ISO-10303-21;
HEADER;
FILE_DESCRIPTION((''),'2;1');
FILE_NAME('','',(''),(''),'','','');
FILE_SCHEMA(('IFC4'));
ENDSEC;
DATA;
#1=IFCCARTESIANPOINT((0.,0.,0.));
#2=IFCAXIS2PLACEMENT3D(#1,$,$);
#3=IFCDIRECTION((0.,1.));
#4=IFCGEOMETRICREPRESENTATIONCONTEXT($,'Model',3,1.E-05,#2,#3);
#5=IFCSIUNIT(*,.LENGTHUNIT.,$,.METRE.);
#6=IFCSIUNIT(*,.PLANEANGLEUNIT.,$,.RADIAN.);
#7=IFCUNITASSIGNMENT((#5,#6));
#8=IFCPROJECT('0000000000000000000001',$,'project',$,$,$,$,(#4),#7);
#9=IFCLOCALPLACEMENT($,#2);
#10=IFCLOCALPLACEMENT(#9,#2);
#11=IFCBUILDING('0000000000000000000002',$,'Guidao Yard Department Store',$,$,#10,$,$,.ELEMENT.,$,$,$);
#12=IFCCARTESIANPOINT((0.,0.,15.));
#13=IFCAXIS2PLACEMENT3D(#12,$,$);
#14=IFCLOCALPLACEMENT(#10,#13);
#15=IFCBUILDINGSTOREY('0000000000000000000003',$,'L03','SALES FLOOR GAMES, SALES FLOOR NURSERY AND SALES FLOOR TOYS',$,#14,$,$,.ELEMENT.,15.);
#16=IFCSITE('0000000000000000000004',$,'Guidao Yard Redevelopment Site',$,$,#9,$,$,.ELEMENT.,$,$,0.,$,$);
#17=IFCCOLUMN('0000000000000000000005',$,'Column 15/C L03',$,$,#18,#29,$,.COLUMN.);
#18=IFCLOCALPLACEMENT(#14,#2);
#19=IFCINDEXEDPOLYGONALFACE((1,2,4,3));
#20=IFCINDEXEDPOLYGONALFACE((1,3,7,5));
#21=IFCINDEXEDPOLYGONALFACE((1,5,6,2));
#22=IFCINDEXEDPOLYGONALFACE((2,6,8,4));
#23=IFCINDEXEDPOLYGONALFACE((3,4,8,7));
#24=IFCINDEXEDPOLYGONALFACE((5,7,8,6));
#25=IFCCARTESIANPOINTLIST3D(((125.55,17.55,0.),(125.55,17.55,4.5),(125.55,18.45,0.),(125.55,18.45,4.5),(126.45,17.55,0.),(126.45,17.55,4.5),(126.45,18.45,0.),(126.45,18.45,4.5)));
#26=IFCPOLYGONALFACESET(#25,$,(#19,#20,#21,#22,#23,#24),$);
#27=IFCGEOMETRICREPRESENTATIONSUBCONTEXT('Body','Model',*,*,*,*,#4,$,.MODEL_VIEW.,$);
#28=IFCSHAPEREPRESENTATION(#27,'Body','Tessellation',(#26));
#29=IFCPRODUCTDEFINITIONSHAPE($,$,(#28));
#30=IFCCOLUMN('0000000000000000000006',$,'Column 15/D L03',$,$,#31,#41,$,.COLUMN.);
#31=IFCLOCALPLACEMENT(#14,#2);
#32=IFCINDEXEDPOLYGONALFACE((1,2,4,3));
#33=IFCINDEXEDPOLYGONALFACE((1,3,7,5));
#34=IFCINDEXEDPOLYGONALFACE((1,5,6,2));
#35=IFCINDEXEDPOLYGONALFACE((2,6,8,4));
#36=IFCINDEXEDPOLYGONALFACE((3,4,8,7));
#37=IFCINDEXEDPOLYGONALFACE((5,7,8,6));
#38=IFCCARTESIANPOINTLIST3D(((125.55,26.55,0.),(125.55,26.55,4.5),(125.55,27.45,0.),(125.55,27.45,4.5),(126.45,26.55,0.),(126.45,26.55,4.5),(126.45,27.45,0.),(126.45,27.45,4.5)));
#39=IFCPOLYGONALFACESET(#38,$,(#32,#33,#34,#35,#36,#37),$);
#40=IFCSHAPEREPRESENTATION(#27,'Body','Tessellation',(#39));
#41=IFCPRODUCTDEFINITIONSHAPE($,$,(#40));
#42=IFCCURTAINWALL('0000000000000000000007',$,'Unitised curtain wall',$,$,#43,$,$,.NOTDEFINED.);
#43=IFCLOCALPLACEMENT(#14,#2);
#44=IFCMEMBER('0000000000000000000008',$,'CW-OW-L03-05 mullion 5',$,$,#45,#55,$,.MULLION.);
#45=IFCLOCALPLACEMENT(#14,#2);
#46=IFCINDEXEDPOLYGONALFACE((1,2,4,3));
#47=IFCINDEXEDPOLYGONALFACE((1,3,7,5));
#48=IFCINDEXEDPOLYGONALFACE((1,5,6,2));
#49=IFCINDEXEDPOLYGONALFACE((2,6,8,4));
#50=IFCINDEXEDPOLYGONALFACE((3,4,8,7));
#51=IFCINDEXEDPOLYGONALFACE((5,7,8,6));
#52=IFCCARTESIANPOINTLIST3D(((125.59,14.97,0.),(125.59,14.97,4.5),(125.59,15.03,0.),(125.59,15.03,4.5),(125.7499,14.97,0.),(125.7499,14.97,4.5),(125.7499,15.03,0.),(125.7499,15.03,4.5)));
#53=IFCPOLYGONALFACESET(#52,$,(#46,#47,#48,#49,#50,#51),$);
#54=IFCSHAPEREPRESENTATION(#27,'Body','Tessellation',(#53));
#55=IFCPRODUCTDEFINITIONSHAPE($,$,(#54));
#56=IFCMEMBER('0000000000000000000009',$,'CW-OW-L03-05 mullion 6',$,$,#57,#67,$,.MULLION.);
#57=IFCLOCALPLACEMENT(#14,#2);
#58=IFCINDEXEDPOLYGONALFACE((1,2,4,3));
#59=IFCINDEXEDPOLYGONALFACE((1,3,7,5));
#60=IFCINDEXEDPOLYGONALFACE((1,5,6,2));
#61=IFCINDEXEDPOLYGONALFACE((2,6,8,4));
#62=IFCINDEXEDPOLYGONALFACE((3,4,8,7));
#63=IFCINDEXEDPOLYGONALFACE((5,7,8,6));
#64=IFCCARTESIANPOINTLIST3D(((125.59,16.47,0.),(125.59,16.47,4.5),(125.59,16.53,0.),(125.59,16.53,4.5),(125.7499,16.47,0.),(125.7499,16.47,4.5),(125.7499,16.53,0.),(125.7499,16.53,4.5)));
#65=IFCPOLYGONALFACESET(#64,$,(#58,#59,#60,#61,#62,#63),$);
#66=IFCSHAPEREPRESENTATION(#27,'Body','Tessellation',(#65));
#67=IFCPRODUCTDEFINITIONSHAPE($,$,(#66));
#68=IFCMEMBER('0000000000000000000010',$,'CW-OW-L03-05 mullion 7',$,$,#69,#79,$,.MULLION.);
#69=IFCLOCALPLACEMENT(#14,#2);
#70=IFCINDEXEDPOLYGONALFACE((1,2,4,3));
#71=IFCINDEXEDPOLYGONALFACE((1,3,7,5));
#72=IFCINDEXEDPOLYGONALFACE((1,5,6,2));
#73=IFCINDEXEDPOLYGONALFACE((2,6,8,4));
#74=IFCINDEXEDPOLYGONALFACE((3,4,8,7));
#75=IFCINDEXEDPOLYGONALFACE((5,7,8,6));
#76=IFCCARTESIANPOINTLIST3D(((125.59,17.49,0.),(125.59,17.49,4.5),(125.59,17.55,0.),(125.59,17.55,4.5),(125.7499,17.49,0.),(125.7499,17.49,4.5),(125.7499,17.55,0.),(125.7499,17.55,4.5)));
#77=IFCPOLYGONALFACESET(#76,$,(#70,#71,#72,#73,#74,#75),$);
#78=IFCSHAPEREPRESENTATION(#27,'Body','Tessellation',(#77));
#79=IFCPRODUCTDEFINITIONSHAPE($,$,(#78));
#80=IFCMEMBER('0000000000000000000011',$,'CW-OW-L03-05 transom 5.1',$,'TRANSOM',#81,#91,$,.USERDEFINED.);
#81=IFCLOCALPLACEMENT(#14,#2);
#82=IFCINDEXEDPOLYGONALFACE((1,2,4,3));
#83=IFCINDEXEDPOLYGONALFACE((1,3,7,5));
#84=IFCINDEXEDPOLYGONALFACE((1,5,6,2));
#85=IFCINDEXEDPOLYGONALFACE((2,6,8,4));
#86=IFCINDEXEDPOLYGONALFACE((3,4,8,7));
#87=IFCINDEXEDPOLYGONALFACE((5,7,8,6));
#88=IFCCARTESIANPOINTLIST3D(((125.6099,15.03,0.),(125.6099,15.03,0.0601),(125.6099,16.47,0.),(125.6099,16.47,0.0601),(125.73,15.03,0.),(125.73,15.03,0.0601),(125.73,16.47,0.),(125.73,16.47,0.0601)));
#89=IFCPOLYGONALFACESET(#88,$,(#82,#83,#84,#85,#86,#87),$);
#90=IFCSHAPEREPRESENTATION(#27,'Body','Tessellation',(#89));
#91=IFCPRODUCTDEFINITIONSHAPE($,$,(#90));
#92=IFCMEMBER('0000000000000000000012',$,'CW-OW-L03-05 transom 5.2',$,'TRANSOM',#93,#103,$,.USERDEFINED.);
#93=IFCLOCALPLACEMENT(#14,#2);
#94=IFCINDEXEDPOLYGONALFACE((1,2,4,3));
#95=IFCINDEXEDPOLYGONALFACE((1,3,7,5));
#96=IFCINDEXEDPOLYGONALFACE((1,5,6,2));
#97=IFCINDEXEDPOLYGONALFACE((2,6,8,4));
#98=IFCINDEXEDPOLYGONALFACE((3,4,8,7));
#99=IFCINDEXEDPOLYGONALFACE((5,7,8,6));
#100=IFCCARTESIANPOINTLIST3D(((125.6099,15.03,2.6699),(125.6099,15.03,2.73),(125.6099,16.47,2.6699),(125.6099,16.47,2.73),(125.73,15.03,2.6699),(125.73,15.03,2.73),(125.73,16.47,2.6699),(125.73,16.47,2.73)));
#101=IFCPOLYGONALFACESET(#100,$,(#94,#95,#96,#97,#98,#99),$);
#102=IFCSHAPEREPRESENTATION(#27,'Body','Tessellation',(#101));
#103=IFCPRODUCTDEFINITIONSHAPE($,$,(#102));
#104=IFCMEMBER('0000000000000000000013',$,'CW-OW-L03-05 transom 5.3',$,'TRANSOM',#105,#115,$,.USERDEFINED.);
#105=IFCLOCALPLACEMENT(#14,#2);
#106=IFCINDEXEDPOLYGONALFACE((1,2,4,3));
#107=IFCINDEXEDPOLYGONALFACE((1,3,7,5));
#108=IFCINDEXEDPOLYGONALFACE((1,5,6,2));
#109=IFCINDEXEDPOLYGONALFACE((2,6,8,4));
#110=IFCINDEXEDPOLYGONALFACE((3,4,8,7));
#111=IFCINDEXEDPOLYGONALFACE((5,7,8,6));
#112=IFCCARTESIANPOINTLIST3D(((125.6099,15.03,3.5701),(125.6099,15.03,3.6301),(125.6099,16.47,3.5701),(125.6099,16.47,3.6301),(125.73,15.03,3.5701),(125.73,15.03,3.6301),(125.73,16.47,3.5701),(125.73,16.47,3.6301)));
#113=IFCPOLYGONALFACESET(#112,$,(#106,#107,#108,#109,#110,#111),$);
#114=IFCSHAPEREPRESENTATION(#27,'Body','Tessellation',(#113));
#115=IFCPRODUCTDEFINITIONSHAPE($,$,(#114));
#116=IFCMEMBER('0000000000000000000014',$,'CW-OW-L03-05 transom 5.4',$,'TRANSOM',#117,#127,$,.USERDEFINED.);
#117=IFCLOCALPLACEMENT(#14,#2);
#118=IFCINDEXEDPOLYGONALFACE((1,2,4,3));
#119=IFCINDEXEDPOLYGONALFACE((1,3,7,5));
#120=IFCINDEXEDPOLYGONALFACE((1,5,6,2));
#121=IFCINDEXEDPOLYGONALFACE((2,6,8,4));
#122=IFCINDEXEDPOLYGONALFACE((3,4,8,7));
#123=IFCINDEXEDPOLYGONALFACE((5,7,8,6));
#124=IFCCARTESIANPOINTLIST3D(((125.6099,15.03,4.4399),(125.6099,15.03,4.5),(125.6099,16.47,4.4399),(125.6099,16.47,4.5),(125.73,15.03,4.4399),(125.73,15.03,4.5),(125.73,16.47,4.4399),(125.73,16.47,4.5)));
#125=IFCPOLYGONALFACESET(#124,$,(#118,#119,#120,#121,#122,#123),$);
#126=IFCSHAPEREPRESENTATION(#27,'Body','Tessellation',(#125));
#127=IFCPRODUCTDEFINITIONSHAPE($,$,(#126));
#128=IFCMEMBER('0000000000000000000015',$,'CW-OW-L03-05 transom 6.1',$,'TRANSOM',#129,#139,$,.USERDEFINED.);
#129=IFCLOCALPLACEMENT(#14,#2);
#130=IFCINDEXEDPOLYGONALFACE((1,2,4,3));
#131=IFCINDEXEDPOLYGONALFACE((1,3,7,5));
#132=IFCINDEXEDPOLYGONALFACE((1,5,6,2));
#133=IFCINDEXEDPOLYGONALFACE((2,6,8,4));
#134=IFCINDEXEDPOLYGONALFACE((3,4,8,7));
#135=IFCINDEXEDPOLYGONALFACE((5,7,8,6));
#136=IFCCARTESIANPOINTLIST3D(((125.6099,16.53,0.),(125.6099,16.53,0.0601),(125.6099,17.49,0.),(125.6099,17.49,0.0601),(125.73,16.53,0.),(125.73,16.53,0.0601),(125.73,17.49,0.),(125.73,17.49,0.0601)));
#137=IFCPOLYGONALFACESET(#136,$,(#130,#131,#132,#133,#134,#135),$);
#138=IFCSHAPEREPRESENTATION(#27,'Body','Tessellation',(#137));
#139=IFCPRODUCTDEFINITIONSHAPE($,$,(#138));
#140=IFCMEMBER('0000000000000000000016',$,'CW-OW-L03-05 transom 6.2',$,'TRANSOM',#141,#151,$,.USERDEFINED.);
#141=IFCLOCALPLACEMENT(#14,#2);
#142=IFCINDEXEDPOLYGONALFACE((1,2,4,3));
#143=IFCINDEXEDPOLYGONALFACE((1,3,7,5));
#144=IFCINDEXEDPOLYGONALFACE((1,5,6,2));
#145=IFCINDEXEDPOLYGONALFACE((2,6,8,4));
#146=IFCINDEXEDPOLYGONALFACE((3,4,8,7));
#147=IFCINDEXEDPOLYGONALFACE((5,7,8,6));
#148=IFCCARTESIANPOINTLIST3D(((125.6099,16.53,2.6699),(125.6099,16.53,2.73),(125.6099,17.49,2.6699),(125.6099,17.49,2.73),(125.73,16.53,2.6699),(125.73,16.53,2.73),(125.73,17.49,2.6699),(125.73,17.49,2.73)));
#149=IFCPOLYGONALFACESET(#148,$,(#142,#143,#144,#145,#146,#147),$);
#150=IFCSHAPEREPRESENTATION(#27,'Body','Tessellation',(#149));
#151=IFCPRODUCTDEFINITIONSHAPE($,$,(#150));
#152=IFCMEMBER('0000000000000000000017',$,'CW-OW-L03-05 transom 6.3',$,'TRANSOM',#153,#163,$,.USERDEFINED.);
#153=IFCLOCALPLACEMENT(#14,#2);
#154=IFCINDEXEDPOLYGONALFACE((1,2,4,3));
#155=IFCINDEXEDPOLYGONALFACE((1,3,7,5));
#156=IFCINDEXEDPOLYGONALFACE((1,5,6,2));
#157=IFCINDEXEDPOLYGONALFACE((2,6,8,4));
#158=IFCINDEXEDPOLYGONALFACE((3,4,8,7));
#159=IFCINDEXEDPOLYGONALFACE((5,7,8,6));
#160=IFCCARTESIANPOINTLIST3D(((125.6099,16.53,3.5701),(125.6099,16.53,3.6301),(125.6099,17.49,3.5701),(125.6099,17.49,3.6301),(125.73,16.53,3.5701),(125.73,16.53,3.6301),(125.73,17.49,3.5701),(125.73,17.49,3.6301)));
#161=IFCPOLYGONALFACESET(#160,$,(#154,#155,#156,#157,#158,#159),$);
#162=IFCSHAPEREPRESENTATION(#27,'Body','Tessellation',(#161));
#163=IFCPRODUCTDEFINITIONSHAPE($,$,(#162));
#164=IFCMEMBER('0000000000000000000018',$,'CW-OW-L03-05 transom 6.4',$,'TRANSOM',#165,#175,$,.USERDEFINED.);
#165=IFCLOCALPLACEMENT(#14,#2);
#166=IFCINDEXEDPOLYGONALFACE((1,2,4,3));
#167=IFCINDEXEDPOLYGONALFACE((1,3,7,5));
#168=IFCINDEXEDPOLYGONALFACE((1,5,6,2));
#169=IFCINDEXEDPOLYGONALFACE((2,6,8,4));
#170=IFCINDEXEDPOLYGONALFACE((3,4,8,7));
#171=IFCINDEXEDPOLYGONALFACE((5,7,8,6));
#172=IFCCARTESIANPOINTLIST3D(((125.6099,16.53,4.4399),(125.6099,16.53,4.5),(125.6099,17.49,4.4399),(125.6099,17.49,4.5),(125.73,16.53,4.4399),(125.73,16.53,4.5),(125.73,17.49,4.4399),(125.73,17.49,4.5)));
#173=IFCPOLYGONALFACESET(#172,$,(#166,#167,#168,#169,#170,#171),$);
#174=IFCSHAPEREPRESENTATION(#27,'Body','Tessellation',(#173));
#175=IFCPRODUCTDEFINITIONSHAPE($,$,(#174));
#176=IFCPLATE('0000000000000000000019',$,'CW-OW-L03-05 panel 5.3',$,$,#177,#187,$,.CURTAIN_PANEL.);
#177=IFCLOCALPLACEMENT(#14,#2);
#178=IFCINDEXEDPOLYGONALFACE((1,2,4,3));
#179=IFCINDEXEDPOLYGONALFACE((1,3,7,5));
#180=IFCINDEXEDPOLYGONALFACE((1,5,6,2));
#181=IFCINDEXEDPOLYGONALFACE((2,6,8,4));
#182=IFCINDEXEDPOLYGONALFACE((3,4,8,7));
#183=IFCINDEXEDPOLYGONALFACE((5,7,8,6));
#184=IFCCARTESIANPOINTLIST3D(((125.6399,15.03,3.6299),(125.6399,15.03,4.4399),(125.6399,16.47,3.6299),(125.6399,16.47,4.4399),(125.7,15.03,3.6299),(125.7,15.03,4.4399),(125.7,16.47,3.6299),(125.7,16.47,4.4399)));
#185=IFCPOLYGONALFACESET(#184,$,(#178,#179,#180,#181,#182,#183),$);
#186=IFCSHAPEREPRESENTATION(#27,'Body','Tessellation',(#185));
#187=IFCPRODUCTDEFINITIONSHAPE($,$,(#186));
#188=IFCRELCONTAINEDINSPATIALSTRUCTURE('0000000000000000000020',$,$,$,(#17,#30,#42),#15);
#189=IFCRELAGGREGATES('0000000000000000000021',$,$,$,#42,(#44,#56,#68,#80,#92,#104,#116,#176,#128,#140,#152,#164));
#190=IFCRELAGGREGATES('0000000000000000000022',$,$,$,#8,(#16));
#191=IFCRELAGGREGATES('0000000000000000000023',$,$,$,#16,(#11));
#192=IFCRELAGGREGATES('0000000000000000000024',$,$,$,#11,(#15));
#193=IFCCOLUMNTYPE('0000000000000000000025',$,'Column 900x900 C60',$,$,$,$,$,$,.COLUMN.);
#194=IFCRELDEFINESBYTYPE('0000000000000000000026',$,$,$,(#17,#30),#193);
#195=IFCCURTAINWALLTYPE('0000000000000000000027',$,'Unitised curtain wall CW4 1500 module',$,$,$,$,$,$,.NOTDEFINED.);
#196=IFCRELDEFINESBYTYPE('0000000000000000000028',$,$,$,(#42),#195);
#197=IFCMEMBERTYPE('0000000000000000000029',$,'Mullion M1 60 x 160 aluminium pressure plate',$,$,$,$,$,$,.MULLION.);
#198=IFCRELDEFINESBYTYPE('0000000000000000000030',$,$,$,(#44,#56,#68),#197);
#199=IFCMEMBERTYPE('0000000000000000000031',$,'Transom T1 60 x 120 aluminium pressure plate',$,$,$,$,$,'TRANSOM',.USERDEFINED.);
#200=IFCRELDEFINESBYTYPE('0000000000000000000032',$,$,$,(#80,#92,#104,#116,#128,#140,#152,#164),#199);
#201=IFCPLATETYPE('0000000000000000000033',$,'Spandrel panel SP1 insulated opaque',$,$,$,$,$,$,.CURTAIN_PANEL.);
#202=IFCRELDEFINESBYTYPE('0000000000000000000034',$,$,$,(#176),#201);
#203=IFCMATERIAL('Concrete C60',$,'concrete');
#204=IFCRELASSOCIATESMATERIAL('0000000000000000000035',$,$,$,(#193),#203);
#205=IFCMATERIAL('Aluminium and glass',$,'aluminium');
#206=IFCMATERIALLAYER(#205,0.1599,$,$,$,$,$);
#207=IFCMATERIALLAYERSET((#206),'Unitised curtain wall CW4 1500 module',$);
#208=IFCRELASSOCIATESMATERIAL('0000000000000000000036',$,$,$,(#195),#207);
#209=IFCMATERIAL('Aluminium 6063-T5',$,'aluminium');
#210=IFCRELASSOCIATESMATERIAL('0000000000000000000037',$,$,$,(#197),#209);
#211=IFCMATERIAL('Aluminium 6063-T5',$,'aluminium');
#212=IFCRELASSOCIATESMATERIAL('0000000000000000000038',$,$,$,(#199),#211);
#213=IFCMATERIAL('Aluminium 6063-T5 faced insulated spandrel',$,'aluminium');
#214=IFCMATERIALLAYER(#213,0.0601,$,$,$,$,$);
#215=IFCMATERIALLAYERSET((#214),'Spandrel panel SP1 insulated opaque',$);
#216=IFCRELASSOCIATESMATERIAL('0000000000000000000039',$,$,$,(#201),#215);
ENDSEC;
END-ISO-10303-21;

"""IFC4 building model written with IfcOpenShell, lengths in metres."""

from ifc_helpers import new_model, si_unit, direction, frame, origin, origin_2d, place, context, subcontext, project, spatial, rectangle, extrude, material, layer, layer_set, material_profile, profile_set, type_object, element, aggregate, save


model = new_model("IFC4")

# Units and contexts
model_context = context("Model", 3, precision=1e-05, world=origin(), true_north=direction((0.0, 1.0)))
body_context = subcontext(model_context, "Body", "Model", "MODEL_VIEW")
ifc_project = project(units=[si_unit("LENGTHUNIT", "METRE"), si_unit("PLANEANGLEUNIT", "RADIAN")], contexts=[model_context])

# Site, building, storey
site_placement = place(None, origin())
site = spatial("IfcSite", under=ifc_project, at=site_placement, Name="Guidao Yard Redevelopment Site", CompositionType="ELEMENT", RefElevation=0.0)
building_placement = place(site_placement, origin())
building = spatial("IfcBuilding", under=site, at=building_placement, Name="Guidao Yard Department Store", CompositionType="ELEMENT")
storey_placement = place(building_placement, frame((0.0, 0.0, 15.0)))
storey = spatial("IfcBuildingStorey", under=building, at=storey_placement, Name="L03", Description="SALES FLOOR GAMES, SALES FLOOR NURSERY AND SALES FLOOR TOYS", CompositionType="ELEMENT", Elevation=15.0)

# Columns
ifc_material_1 = material(Name="Concrete C60", Category="concrete")
ifc_material_profile_1 = material_profile(ifc_material_1, rectangle(XDim=0.8999, YDim=0.8999, at=origin_2d()), Name="COL 900x900")
ifc_profile_set_1 = profile_set([ifc_material_profile_1], Name="Concrete C60")
column_type = type_object("IfcColumnType", Name="Column 900x900 C60", PredefinedType="COLUMN", material=ifc_profile_set_1)
for number, where, z_axis, x_axis, name in (
    (1, (126.0, 18.0, 0.0), (0.0, 0.0, 1.0), (1.0, 0.0, 0.0), "Column 15/C L03"),
    (2, (126.0, 27.0, 0.0), (0.0, 0.0, 1.0), (1.0, 0.0, 0.0), "Column 15/D L03"),
):
    element("IfcColumn", number, at=place(storey_placement, frame(where, z_axis=z_axis, x_axis=x_axis)), inside=storey, type_object=column_type, Name=name, PredefinedType="COLUMN", context=body_context, shape_type="SweptSolid", body=[
        extrude(rectangle(XDim=0.8999, YDim=0.8999, at=origin_2d()), origin(), (0.0, 0.0, 1.0), 4.5),
    ])

# Curtain wall, members, plate
ifc_material_2 = material(Name="Aluminium and glass", Category="aluminium")
ifc_layer_1 = layer(ifc_material_2, 0.1599)
ifc_layer_set_1 = layer_set([ifc_layer_1], Name="Unitised curtain wall CW4 1500 module")
curtain_wall_type = type_object("IfcCurtainWallType", Name="Unitised curtain wall CW4 1500 module", PredefinedType="NOTDEFINED", material=ifc_layer_set_1)
curtain_wall_placement = place(storey_placement, origin())
curtain_wall = element("IfcCurtainWall", 3, at=curtain_wall_placement, inside=storey, type_object=curtain_wall_type, Name="Unitised curtain wall", PredefinedType="NOTDEFINED")
ifc_material_3 = material(Name="Aluminium 6063-T5", Category="aluminium")
ifc_material_profile_2 = material_profile(ifc_material_3, rectangle(XDim=0.0601, YDim=0.1599, at=origin_2d()), Name="Mullion M1 60 x 160 aluminium pressure plate")
ifc_profile_set_2 = profile_set([ifc_material_profile_2], Name="Aluminium 6063-T5")
member_type_1 = type_object("IfcMemberType", Name="Mullion M1 60 x 160 aluminium pressure plate", PredefinedType="MULLION", material=ifc_profile_set_2)
member_1_placement = place(storey_placement, frame((125.6699, 15.0, 0.0), z_axis=(0.0, 0.0, 1.0), x_axis=(0.0, 1.0, 0.0)))
member_1 = element("IfcMember", 4, at=member_1_placement, type_object=member_type_1, Name="CW-OW-L03-05 mullion 5", PredefinedType="MULLION", context=body_context, shape_type="SweptSolid", body=[
    extrude(rectangle(XDim=0.0601, YDim=0.1599, at=origin_2d()), origin(), (0.0, 0.0, 1.0), 4.5),
])
member_2_placement = place(storey_placement, frame((125.6699, 16.5, 0.0), z_axis=(0.0, 0.0, 1.0), x_axis=(0.0, 1.0, 0.0)))
member_2 = element("IfcMember", 5, at=member_2_placement, type_object=member_type_1, Name="CW-OW-L03-05 mullion 6", PredefinedType="MULLION", context=body_context, shape_type="SweptSolid", body=[
    extrude(rectangle(XDim=0.0601, YDim=0.1599, at=origin_2d()), origin(), (0.0, 0.0, 1.0), 4.5),
])
member_3_placement = place(storey_placement, frame((125.6699, 17.52, 0.0), z_axis=(0.0, 0.0, 1.0), x_axis=(0.0, 1.0, 0.0)))
member_3 = element("IfcMember", 6, at=member_3_placement, type_object=member_type_1, Name="CW-OW-L03-05 mullion 7", PredefinedType="MULLION", context=body_context, shape_type="SweptSolid", body=[
    extrude(rectangle(XDim=0.0601, YDim=0.1599, at=origin_2d()), origin(), (0.0, 0.0, 1.0), 4.5),
])
ifc_material_4 = material(Name="Aluminium 6063-T5", Category="aluminium")
ifc_material_profile_3 = material_profile(ifc_material_4, rectangle(XDim=0.1201, YDim=0.0601, at=origin_2d()), Name="Transom T1 60 x 120 aluminium pressure plate")
ifc_profile_set_3 = profile_set([ifc_material_profile_3], Name="Aluminium 6063-T5")
member_type_2 = type_object("IfcMemberType", Name="Transom T1 60 x 120 aluminium pressure plate", ElementType="TRANSOM", PredefinedType="USERDEFINED", material=ifc_profile_set_3)
member_4_placement = place(storey_placement, frame((125.6699, 15.03, 0.03), z_axis=(0.0, 1.0, 0.0), x_axis=(-1.0, 0.0, 0.0)))
member_4 = element("IfcMember", 7, at=member_4_placement, type_object=member_type_2, Name="CW-OW-L03-05 transom 5.1", ObjectType="TRANSOM", PredefinedType="USERDEFINED", context=body_context, shape_type="SweptSolid", body=[
    extrude(rectangle(XDim=0.1201, YDim=0.0601, at=origin_2d()), origin(), (0.0, 0.0, 1.0), 1.4399),
])
member_5_placement = place(storey_placement, frame((125.6699, 15.03, 2.7), z_axis=(0.0, 1.0, 0.0), x_axis=(-1.0, 0.0, 0.0)))
member_5 = element("IfcMember", 8, at=member_5_placement, type_object=member_type_2, Name="CW-OW-L03-05 transom 5.2", ObjectType="TRANSOM", PredefinedType="USERDEFINED", context=body_context, shape_type="SweptSolid", body=[
    extrude(rectangle(XDim=0.1201, YDim=0.0601, at=origin_2d()), origin(), (0.0, 0.0, 1.0), 1.4399),
])
member_6_placement = place(storey_placement, frame((125.6699, 15.03, 3.6001), z_axis=(0.0, 1.0, 0.0), x_axis=(-1.0, 0.0, 0.0)))
member_6 = element("IfcMember", 9, at=member_6_placement, type_object=member_type_2, Name="CW-OW-L03-05 transom 5.3", ObjectType="TRANSOM", PredefinedType="USERDEFINED", context=body_context, shape_type="SweptSolid", body=[
    extrude(rectangle(XDim=0.1201, YDim=0.0601, at=origin_2d()), origin(), (0.0, 0.0, 1.0), 1.4399),
])
member_7_placement = place(storey_placement, frame((125.6699, 15.03, 4.47), z_axis=(0.0, 1.0, 0.0), x_axis=(-1.0, 0.0, 0.0)))
member_7 = element("IfcMember", 10, at=member_7_placement, type_object=member_type_2, Name="CW-OW-L03-05 transom 5.4", ObjectType="TRANSOM", PredefinedType="USERDEFINED", context=body_context, shape_type="SweptSolid", body=[
    extrude(rectangle(XDim=0.1201, YDim=0.0601, at=origin_2d()), origin(), (0.0, 0.0, 1.0), 1.4399),
])
member_8_placement = place(storey_placement, frame((125.6699, 16.53, 0.03), z_axis=(0.0, 1.0, 0.0), x_axis=(-1.0, 0.0, 0.0)))
member_8 = element("IfcMember", 11, at=member_8_placement, type_object=member_type_2, Name="CW-OW-L03-05 transom 6.1", ObjectType="TRANSOM", PredefinedType="USERDEFINED", context=body_context, shape_type="SweptSolid", body=[
    extrude(rectangle(XDim=0.1201, YDim=0.0601, at=origin_2d()), origin(), (0.0, 0.0, 1.0), 0.96),
])
member_9_placement = place(storey_placement, frame((125.6699, 16.53, 2.7), z_axis=(0.0, 1.0, 0.0), x_axis=(-1.0, 0.0, 0.0)))
member_9 = element("IfcMember", 12, at=member_9_placement, type_object=member_type_2, Name="CW-OW-L03-05 transom 6.2", ObjectType="TRANSOM", PredefinedType="USERDEFINED", context=body_context, shape_type="SweptSolid", body=[
    extrude(rectangle(XDim=0.1201, YDim=0.0601, at=origin_2d()), origin(), (0.0, 0.0, 1.0), 0.96),
])
member_10_placement = place(storey_placement, frame((125.6699, 16.53, 3.6001), z_axis=(0.0, 1.0, 0.0), x_axis=(-1.0, 0.0, 0.0)))
member_10 = element("IfcMember", 13, at=member_10_placement, type_object=member_type_2, Name="CW-OW-L03-05 transom 6.3", ObjectType="TRANSOM", PredefinedType="USERDEFINED", context=body_context, shape_type="SweptSolid", body=[
    extrude(rectangle(XDim=0.1201, YDim=0.0601, at=origin_2d()), origin(), (0.0, 0.0, 1.0), 0.96),
])
member_11_placement = place(storey_placement, frame((125.6699, 16.53, 4.47), z_axis=(0.0, 1.0, 0.0), x_axis=(-1.0, 0.0, 0.0)))
member_11 = element("IfcMember", 14, at=member_11_placement, type_object=member_type_2, Name="CW-OW-L03-05 transom 6.4", ObjectType="TRANSOM", PredefinedType="USERDEFINED", context=body_context, shape_type="SweptSolid", body=[
    extrude(rectangle(XDim=0.1201, YDim=0.0601, at=origin_2d()), origin(), (0.0, 0.0, 1.0), 0.96),
])
ifc_material_5 = material(Name="Aluminium 6063-T5 faced insulated spandrel", Category="aluminium")
ifc_layer_2 = layer(ifc_material_5, 0.0601)
ifc_layer_set_2 = layer_set([ifc_layer_2], Name="Spandrel panel SP1 insulated opaque")
plate_type_1 = type_object("IfcPlateType", Name="Spandrel panel SP1 insulated opaque", PredefinedType="CURTAIN_PANEL", material=ifc_layer_set_2)
plate_1_placement = place(storey_placement, frame((125.6699, 15.75, 3.6299), z_axis=(0.0, 0.0, 1.0), x_axis=(0.0, 1.0, 0.0)))
plate_1 = element("IfcPlate", 15, at=plate_1_placement, type_object=plate_type_1, Name="CW-OW-L03-05 panel 5.3", PredefinedType="CURTAIN_PANEL", context=body_context, shape_type="SweptSolid", body=[
    extrude(rectangle(XDim=1.4399, YDim=0.0601, at=origin_2d()), origin(), (0.0, 0.0, 1.0), 0.8101),
])
aggregate(curtain_wall, [member_1, member_2, member_3, member_4, member_5, member_6, member_7, plate_1, member_8, member_9, member_10, member_11])

save(model, "model.ifc")
